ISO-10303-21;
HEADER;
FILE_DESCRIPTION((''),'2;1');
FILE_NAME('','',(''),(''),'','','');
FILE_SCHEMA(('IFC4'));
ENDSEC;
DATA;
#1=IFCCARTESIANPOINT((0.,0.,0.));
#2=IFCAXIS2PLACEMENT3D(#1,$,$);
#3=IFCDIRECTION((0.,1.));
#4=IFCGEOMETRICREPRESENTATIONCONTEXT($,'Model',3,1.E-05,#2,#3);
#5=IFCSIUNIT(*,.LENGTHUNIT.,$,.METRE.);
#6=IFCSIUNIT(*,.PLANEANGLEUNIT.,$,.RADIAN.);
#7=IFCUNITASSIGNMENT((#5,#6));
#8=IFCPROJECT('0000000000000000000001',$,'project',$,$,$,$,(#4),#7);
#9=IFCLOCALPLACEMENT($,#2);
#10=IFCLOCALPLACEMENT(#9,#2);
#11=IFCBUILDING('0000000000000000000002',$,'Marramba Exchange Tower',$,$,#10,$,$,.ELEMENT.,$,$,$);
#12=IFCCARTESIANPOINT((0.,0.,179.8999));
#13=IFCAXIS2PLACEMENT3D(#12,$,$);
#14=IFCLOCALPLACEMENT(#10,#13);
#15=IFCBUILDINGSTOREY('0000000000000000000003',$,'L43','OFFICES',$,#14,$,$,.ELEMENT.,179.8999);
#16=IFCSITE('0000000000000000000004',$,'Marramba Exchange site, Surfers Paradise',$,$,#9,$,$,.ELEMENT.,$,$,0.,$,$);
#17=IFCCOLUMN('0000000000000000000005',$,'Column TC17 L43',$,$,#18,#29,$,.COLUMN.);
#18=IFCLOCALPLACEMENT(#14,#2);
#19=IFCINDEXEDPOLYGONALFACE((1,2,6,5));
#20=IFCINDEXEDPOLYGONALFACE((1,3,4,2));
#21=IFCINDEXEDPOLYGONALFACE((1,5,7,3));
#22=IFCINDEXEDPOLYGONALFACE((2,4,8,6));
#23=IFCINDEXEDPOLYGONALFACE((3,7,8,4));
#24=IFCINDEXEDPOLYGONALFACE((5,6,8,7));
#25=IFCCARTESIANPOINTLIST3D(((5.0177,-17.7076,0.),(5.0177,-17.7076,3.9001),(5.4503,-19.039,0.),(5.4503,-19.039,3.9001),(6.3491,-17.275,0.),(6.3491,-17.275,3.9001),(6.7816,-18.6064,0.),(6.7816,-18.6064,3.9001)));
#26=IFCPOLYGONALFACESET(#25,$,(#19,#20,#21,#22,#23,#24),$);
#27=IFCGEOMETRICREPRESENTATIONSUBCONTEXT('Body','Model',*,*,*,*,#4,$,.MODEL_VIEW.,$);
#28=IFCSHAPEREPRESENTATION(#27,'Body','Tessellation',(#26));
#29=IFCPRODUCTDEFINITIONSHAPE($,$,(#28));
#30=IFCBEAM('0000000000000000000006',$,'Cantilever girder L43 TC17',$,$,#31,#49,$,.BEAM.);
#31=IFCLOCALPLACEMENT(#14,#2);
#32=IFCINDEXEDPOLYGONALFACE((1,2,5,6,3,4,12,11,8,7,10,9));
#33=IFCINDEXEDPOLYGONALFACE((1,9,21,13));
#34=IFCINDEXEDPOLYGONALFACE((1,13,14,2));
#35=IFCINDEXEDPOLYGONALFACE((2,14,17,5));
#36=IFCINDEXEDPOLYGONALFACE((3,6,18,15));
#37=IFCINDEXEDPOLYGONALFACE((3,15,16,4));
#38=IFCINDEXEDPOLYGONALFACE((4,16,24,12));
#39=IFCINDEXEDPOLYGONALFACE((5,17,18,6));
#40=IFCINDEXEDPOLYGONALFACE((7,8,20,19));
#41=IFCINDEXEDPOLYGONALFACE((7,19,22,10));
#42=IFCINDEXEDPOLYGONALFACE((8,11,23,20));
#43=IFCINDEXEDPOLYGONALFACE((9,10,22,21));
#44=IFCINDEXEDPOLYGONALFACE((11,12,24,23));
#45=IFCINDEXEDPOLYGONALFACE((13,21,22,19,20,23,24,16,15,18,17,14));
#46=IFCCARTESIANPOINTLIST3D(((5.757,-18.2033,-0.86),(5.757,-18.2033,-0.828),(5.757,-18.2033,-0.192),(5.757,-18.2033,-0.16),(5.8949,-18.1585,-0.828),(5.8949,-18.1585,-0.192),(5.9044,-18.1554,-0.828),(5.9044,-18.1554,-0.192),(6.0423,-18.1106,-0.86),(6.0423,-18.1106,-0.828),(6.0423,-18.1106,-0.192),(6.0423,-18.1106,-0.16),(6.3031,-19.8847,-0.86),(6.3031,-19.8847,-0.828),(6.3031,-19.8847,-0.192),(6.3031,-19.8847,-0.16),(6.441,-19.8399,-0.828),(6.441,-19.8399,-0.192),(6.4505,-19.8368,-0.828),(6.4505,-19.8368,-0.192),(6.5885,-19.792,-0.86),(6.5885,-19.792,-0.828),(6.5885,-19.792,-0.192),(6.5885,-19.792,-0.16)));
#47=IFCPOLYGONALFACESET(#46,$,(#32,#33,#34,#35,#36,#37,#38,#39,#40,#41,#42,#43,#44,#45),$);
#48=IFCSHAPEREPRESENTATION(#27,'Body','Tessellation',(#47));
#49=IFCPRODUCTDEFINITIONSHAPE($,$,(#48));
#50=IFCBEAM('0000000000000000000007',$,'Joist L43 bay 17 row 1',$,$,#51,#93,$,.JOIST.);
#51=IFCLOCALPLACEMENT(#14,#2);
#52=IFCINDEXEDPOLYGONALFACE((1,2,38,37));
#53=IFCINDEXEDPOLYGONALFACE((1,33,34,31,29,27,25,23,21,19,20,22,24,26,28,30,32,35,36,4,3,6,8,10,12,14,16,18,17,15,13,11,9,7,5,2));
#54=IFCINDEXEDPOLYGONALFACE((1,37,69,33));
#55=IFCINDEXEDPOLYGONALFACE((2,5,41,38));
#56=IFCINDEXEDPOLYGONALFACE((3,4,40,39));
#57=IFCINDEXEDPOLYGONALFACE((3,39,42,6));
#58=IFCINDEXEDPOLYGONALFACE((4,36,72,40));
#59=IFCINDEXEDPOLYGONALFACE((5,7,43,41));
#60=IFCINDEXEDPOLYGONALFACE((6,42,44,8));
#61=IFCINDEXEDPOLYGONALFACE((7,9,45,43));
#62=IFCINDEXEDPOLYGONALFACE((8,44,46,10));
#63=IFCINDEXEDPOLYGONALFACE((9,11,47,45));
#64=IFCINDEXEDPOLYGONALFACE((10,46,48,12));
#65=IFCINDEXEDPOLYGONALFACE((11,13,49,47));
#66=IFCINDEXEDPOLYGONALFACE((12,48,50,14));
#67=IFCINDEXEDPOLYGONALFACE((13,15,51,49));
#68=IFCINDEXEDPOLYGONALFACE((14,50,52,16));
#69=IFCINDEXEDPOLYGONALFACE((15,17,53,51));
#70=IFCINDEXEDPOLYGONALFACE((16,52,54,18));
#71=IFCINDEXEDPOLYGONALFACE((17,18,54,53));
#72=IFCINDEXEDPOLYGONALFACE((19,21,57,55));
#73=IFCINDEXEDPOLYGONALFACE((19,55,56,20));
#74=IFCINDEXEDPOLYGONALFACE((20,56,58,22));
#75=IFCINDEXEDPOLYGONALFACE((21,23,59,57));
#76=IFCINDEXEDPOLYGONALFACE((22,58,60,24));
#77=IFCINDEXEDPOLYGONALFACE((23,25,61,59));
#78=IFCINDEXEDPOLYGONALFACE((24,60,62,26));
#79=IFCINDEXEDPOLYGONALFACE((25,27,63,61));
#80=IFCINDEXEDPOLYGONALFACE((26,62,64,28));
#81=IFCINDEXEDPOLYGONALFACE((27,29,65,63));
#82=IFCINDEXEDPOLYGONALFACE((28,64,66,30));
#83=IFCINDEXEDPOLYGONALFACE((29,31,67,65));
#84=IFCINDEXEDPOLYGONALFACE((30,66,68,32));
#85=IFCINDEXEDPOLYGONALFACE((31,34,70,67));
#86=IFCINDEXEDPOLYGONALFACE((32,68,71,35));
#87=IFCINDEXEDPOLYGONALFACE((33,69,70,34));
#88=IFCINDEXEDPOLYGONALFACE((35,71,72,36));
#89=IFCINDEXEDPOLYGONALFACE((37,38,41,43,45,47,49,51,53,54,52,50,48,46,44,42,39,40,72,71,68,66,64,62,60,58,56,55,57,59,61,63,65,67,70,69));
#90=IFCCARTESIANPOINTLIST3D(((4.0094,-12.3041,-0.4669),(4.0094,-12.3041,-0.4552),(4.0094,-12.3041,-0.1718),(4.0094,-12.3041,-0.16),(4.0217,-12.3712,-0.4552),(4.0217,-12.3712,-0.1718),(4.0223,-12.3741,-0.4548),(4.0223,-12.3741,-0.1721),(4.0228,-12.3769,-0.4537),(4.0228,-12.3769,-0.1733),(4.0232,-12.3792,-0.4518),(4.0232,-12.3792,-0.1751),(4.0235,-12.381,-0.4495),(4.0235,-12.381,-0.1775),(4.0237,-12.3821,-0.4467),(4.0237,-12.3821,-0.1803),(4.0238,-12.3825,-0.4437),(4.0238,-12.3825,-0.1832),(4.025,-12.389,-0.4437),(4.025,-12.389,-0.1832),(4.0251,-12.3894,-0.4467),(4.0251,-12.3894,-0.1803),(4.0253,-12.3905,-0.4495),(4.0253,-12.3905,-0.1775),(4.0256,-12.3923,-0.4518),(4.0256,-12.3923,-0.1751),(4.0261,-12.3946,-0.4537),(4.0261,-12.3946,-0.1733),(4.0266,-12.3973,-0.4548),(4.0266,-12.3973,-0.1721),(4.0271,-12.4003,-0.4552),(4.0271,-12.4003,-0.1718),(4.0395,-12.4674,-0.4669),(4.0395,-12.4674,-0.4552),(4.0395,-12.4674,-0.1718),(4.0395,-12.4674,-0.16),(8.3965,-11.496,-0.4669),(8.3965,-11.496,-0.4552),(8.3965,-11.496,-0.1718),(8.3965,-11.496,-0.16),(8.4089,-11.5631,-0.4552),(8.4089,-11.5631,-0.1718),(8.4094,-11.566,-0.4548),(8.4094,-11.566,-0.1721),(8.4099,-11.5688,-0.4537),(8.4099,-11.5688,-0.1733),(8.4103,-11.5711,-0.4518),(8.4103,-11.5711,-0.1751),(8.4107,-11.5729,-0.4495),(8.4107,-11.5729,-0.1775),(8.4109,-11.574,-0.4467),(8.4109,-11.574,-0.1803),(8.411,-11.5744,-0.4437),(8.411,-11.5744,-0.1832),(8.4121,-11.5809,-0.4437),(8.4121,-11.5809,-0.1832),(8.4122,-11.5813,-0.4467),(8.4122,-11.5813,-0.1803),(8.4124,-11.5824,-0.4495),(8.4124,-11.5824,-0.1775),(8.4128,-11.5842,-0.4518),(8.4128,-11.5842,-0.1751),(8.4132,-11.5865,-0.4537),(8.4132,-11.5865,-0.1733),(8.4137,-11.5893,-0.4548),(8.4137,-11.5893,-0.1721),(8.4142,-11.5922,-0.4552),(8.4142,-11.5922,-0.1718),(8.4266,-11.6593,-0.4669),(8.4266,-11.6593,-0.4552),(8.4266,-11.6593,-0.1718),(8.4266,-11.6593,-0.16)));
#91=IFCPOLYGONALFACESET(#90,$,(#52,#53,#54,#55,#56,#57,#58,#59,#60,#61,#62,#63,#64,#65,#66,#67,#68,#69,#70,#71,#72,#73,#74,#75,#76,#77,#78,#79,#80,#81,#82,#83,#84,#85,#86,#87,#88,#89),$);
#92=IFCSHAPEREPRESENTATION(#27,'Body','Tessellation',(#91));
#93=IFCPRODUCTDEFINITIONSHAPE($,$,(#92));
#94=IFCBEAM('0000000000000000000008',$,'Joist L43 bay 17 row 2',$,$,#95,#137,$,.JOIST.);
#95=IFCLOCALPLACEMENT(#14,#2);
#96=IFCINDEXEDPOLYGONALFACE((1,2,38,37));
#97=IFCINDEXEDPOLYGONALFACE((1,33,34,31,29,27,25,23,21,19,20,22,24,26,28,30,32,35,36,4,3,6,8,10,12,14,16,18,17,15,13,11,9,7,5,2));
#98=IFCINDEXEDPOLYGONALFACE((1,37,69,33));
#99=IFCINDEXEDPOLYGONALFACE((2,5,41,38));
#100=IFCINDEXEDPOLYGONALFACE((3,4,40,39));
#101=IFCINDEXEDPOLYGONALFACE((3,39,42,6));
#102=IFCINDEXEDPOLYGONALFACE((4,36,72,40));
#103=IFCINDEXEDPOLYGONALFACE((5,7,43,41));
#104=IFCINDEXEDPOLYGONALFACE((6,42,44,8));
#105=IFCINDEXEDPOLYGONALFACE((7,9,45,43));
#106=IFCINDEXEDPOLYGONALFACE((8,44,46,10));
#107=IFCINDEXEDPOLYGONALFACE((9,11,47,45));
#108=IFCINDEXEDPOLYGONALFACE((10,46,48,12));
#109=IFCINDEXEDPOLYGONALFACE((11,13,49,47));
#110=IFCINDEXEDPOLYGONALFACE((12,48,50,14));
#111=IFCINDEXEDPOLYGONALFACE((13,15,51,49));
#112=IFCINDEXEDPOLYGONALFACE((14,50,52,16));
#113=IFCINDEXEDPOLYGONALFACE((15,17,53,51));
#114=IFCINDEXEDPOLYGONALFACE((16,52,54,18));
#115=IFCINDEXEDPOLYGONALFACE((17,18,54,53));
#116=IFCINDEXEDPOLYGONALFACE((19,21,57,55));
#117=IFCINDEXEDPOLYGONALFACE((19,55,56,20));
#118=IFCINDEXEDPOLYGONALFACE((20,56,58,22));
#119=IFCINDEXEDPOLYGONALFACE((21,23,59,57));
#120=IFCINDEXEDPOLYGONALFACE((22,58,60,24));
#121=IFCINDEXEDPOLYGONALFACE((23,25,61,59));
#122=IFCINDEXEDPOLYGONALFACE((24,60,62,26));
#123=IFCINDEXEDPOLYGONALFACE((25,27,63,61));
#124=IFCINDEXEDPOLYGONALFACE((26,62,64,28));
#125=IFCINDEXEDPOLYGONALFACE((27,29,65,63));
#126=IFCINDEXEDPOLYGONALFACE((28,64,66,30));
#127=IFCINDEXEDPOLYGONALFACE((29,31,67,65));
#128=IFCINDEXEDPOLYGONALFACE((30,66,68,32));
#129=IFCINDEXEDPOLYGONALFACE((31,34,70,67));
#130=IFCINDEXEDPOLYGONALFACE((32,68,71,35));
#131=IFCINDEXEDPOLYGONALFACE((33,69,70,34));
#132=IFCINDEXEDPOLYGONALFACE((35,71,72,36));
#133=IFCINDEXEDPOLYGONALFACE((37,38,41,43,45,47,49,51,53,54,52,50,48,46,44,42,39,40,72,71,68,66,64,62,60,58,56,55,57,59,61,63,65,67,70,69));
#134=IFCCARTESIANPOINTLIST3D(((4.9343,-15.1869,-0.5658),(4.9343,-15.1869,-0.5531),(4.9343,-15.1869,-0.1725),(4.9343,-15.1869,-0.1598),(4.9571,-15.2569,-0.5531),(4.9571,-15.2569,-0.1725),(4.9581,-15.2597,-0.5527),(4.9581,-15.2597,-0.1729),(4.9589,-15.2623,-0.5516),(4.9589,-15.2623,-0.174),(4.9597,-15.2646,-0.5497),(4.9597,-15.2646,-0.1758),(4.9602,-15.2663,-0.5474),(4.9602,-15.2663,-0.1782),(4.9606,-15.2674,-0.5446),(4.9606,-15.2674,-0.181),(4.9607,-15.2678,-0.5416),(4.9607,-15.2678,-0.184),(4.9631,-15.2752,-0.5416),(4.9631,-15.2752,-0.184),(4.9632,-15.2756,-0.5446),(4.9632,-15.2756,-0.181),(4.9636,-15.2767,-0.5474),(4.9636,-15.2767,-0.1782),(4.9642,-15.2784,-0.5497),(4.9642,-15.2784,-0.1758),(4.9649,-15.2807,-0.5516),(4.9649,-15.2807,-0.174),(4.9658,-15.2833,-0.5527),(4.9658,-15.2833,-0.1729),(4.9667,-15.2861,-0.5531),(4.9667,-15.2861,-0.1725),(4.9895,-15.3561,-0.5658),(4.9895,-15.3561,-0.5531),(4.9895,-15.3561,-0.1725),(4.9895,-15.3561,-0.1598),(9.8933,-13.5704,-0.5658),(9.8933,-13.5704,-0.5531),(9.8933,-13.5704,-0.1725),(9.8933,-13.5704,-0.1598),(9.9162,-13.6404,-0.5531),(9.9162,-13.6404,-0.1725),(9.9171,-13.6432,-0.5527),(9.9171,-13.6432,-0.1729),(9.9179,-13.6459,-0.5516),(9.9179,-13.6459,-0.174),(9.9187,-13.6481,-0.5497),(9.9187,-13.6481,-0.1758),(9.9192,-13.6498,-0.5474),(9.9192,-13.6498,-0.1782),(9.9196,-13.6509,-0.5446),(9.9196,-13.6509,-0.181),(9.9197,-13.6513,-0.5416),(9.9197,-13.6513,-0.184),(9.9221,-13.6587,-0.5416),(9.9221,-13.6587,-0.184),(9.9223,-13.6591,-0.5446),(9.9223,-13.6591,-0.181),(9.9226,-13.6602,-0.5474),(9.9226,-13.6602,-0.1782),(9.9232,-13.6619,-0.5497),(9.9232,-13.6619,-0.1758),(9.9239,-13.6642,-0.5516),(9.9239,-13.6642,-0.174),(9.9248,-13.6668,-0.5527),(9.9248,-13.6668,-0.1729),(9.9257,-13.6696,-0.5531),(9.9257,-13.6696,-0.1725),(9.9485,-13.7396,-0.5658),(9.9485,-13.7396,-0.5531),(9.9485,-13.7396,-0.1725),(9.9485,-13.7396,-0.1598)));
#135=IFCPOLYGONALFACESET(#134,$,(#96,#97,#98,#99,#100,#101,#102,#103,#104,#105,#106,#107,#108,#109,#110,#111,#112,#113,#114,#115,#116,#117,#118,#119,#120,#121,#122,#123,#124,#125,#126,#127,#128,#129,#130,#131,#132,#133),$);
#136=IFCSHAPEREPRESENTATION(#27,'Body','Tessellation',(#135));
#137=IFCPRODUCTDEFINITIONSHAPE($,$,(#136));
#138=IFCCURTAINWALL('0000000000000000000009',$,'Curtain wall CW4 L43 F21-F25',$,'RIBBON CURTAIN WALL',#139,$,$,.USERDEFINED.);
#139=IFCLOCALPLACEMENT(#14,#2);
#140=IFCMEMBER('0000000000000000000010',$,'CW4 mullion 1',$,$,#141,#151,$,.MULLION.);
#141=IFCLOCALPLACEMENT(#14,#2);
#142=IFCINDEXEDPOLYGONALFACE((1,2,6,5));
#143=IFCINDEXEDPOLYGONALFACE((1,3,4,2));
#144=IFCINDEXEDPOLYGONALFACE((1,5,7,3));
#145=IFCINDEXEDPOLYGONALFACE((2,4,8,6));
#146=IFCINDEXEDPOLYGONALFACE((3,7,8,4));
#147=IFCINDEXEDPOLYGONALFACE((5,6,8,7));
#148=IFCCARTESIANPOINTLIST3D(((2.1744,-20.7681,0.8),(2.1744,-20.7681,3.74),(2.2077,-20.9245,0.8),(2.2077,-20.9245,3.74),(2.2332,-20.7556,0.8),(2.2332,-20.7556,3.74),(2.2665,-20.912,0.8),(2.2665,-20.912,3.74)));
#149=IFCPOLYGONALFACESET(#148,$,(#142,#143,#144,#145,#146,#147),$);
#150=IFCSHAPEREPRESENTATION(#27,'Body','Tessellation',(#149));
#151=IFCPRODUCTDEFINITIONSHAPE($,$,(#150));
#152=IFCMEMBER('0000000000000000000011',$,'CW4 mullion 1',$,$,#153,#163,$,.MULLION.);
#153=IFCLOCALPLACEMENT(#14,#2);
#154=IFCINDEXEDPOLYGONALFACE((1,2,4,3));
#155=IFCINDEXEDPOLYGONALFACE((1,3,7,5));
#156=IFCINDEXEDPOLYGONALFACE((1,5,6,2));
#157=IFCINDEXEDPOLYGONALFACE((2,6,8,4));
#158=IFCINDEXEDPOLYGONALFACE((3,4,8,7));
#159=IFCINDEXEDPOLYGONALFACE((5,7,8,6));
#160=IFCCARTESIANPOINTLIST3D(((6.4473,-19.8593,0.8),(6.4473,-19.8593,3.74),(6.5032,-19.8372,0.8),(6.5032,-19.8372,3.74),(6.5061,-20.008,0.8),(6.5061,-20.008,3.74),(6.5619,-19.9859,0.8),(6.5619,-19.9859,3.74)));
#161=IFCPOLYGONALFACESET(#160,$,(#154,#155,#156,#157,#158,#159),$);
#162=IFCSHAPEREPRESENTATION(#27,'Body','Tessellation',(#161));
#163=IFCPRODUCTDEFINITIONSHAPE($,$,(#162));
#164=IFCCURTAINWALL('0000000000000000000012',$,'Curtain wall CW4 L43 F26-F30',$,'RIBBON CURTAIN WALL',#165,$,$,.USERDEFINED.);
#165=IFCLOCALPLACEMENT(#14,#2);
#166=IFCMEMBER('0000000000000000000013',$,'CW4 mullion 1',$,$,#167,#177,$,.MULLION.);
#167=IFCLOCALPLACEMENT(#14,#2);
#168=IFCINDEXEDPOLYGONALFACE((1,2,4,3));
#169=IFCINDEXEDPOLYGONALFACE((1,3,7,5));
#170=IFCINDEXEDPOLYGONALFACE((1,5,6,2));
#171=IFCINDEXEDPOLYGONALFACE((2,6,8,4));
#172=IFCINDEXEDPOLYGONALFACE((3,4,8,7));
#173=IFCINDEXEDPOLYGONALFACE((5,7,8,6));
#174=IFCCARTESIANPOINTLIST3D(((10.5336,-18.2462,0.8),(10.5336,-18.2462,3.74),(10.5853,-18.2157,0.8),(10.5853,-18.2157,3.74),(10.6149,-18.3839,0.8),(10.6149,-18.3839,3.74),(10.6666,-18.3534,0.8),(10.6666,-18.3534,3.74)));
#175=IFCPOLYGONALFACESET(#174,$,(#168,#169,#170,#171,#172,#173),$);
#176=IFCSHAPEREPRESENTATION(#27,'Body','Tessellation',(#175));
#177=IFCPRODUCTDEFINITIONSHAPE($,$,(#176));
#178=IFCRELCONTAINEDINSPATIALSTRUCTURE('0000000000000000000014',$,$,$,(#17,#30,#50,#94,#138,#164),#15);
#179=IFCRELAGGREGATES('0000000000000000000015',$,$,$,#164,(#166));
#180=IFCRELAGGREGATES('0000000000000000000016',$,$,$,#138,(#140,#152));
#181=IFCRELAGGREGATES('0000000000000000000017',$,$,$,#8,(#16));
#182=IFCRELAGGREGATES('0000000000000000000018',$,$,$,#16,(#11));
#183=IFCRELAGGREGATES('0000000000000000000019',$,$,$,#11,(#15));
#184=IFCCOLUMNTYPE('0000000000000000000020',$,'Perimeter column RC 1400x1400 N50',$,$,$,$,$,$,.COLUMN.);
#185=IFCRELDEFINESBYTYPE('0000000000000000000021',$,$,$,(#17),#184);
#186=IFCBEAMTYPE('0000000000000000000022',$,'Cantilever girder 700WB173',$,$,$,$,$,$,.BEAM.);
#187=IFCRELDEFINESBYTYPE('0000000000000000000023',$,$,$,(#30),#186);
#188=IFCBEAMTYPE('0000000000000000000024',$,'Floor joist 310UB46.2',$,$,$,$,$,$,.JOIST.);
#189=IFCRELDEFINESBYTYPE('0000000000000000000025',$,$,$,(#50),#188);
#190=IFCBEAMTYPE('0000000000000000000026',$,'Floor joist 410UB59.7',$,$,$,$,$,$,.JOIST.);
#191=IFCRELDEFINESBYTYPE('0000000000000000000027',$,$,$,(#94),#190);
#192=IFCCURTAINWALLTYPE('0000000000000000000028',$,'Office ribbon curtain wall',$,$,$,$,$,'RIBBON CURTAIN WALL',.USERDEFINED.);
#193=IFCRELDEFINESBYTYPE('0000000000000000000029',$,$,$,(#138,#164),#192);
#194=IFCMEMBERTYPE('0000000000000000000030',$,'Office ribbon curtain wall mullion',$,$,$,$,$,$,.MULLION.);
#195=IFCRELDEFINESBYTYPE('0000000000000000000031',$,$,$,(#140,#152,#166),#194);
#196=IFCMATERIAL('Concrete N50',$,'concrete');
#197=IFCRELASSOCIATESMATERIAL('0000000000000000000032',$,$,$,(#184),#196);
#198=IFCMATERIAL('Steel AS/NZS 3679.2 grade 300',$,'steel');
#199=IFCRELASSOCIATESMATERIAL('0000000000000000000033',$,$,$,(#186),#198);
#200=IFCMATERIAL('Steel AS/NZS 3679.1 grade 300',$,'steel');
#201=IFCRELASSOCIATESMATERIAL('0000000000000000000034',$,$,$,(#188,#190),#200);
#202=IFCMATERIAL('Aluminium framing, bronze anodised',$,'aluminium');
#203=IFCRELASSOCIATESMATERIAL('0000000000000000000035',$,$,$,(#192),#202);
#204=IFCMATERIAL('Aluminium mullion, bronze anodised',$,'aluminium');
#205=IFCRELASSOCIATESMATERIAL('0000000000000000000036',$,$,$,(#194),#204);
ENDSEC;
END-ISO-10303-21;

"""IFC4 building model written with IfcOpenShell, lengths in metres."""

from ifc_helpers import new_model, si_unit, direction, frame, origin, origin_2d, place, context, subcontext, project, spatial, rectangle, i_section, extrude, material, material_profile, profile_set, type_object, element, aggregate, save


model = new_model("IFC4")

# Units and contexts
model_context = context("Model", 3, precision=1e-05, world=origin(), true_north=direction((0.0, 1.0)))
body_context = subcontext(model_context, "Body", "Model", "MODEL_VIEW")
ifc_project = project(units=[si_unit("LENGTHUNIT", "METRE"), si_unit("PLANEANGLEUNIT", "RADIAN")], contexts=[model_context])

# Site, building, storey
site_placement = place(None, origin())
site = spatial("IfcSite", under=ifc_project, at=site_placement, Name="Marramba Exchange site, Surfers Paradise", CompositionType="ELEMENT", RefElevation=0.0)
building_placement = place(site_placement, origin())
building = spatial("IfcBuilding", under=site, at=building_placement, Name="Marramba Exchange Tower", CompositionType="ELEMENT")
storey_placement = place(building_placement, frame((0.0, 0.0, 179.8999)))
storey = spatial("IfcBuildingStorey", under=building, at=storey_placement, Name="L43", Description="OFFICES", CompositionType="ELEMENT", Elevation=179.8999)

# Column
ifc_material_1 = material(Name="Concrete N50", Category="concrete")
ifc_material_profile_1 = material_profile(ifc_material_1, rectangle(XDim=1.3999, YDim=1.3999, at=origin_2d()), Name="RC 1400x1400")
ifc_profile_set_1 = profile_set([ifc_material_profile_1], Name="Concrete N50")
column_type = type_object("IfcColumnType", Name="Perimeter column RC 1400x1400 N50", PredefinedType="COLUMN", material=ifc_profile_set_1)
column_placement = place(storey_placement, frame((5.8997, -18.157, 0.0), z_axis=(0.0, 0.0, 1.0), x_axis=(0.309017, -0.951057, 0.0)))
element("IfcColumn", 1, at=column_placement, inside=storey, type_object=column_type, Name="Column TC17 L43", PredefinedType="COLUMN", context=body_context, shape_type="SweptSolid", body=[
    extrude(rectangle(XDim=1.3999, YDim=1.3999, at=origin_2d()), origin(), (0.0, 0.0, 1.0), 3.9001),
])

# Beams
ifc_material_2 = material(Name="Steel AS/NZS 3679.2 grade 300", Category="steel")
ifc_material_profile_2 = material_profile(ifc_material_2, i_section(OverallWidth=0.3, OverallDepth=0.7, WebThickness=0.01, FlangeThickness=0.032, at=origin_2d()), Name="700WB173")
ifc_profile_set_2 = profile_set([ifc_material_profile_2], Name="Steel AS/NZS 3679.2 grade 300")
beam_type_1 = type_object("IfcBeamType", Name="Cantilever girder 700WB173", PredefinedType="BEAM", material=ifc_profile_set_2)
beam_1_placement = place(storey_placement, frame((5.8997, -18.157, -0.51), z_axis=(0.308927, -0.951086, 0.0), x_axis=(0.951086, 0.308927, 0.0)))
element("IfcBeam", 2, at=beam_1_placement, inside=storey, type_object=beam_type_1, Name="Cantilever girder L43 TC17", PredefinedType="BEAM", context=body_context, shape_type="SweptSolid", body=[
    extrude(i_section(OverallWidth=0.3, OverallDepth=0.7, WebThickness=0.01, FlangeThickness=0.032, at=origin_2d()), origin(), (0.0, 0.0, 1.0), 1.7678),
])
ifc_material_3 = material(Name="Steel AS/NZS 3679.1 grade 300", Category="steel")
ifc_material_profile_3 = material_profile(ifc_material_3, i_section(OverallWidth=0.166, OverallDepth=0.3069, WebThickness=0.0066, FlangeThickness=0.0117, FilletRadius=0.0115, at=origin_2d()), Name="310UB46.2")
ifc_profile_set_3 = profile_set([ifc_material_profile_3], Name="Steel AS/NZS 3679.1 grade 300")
beam_type_2 = type_object("IfcBeamType", Name="Floor joist 310UB46.2", PredefinedType="JOIST", material=ifc_profile_set_3)
beam_2_placement = place(storey_placement, frame((4.0244, -12.3857, -0.3135), z_axis=(0.983456, 0.181149, 0.0), x_axis=(-0.181149, 0.983456, 0.0)))
element("IfcBeam", 3, at=beam_2_placement, inside=storey, type_object=beam_type_2, Name="Joist L43 bay 17 row 1", PredefinedType="JOIST", context=body_context, shape_type="SweptSolid", body=[
    extrude(i_section(OverallWidth=0.166, OverallDepth=0.3069, WebThickness=0.0066, FlangeThickness=0.0117, FilletRadius=0.0115, at=origin_2d()), origin(), (0.0, 0.0, 1.0), 4.4609),
])
ifc_material_profile_4 = material_profile(ifc_material_3, i_section(OverallWidth=0.178, OverallDepth=0.406, WebThickness=0.0078, FlangeThickness=0.0127, FilletRadius=0.0115, at=origin_2d()), Name="410UB59.7")
ifc_profile_set_4 = profile_set([ifc_material_profile_4], Name="Steel AS/NZS 3679.1 grade 300")
beam_type_3 = type_object("IfcBeamType", Name="Floor joist 410UB59.7", PredefinedType="JOIST", material=ifc_profile_set_4)
beam_3_placement = place(storey_placement, frame((4.9619, -15.2715, -0.3628), z_axis=(0.950764, 0.309916, 0.0), x_axis=(-0.309916, 0.950764, 0.0)))
element("IfcBeam", 4, at=beam_3_placement, inside=storey, type_object=beam_type_3, Name="Joist L43 bay 17 row 2", PredefinedType="JOIST", context=body_context, shape_type="SweptSolid", body=[
    extrude(i_section(OverallWidth=0.178, OverallDepth=0.406, WebThickness=0.0078, FlangeThickness=0.0127, FilletRadius=0.0115, at=origin_2d()), origin(), (0.0, 0.0, 1.0), 5.2158),
])

# Curtain wall, members
ifc_material_4 = material(Name="Aluminium framing, bronze anodised", Category="aluminium")
curtain_wall_type = type_object("IfcCurtainWallType", Name="Office ribbon curtain wall", ElementType="RIBBON CURTAIN WALL", PredefinedType="USERDEFINED", material=ifc_material_4)
curtain_wall_1_placement = place(storey_placement, origin())
curtain_wall_1 = element("IfcCurtainWall", 5, at=curtain_wall_1_placement, inside=storey, type_object=curtain_wall_type, Name="Curtain wall CW4 L43 F21-F25", ObjectType="RIBBON CURTAIN WALL", PredefinedType="USERDEFINED")
ifc_material_5 = material(Name="Aluminium mullion, bronze anodised", Category="aluminium")
ifc_material_profile_5 = material_profile(ifc_material_5, rectangle(XDim=0.1599, YDim=0.0601, at=origin_2d()), Name="CW4 mullion 60x160")
ifc_profile_set_5 = profile_set([ifc_material_profile_5], Name="Aluminium mullion, bronze anodised")
member_type_1 = type_object("IfcMemberType", Name="Office ribbon curtain wall mullion", PredefinedType="MULLION", material=ifc_profile_set_5)
member_1_placement = place(storey_placement, frame((2.2205, -20.8401, 0.8), z_axis=(0.0, 0.0, 1.0), x_axis=(-0.208332, 0.978058, 0.0)))
member_1 = element("IfcMember", 6, at=member_1_placement, type_object=member_type_1, Name="CW4 mullion 1", PredefinedType="MULLION", context=body_context, shape_type="SweptSolid", body=[
    extrude(rectangle(XDim=0.1599, YDim=0.0601, at=origin_2d()), origin(), (0.0, 0.0, 1.0), 2.9399),
])
member_2_placement = place(storey_placement, frame((6.5046, -19.9226, 0.8), z_axis=(0.0, 0.0, 1.0), x_axis=(-0.367375, 0.930073, 0.0)))
member_2 = element("IfcMember", 7, at=member_2_placement, type_object=member_type_1, Name="CW4 mullion 1", PredefinedType="MULLION", context=body_context, shape_type="SweptSolid", body=[
    extrude(rectangle(XDim=0.1599, YDim=0.0601, at=origin_2d()), origin(), (0.0, 0.0, 1.0), 2.9399),
])

# Curtain wall, member
curtain_wall_2_placement = place(storey_placement, origin())
curtain_wall_2 = element("IfcCurtainWall", 8, at=curtain_wall_2_placement, inside=storey, type_object=curtain_wall_type, Name="Curtain wall CW4 L43 F26-F30", ObjectType="RIBBON CURTAIN WALL", PredefinedType="USERDEFINED")
member_3_placement = place(storey_placement, frame((10.6001, -18.2998, 0.8), z_axis=(0.0, 0.0, 1.0), x_axis=(-0.508011, 0.861351, 0.0)))
member_3 = element("IfcMember", 9, at=member_3_placement, type_object=member_type_1, Name="CW4 mullion 1", PredefinedType="MULLION", context=body_context, shape_type="SweptSolid", body=[
    extrude(rectangle(XDim=0.1599, YDim=0.0601, at=origin_2d()), origin(), (0.0, 0.0, 1.0), 2.9399),
])
aggregate(curtain_wall_2, [member_3])

aggregate(curtain_wall_1, [member_1, member_2])

save(model, "model.ifc")
